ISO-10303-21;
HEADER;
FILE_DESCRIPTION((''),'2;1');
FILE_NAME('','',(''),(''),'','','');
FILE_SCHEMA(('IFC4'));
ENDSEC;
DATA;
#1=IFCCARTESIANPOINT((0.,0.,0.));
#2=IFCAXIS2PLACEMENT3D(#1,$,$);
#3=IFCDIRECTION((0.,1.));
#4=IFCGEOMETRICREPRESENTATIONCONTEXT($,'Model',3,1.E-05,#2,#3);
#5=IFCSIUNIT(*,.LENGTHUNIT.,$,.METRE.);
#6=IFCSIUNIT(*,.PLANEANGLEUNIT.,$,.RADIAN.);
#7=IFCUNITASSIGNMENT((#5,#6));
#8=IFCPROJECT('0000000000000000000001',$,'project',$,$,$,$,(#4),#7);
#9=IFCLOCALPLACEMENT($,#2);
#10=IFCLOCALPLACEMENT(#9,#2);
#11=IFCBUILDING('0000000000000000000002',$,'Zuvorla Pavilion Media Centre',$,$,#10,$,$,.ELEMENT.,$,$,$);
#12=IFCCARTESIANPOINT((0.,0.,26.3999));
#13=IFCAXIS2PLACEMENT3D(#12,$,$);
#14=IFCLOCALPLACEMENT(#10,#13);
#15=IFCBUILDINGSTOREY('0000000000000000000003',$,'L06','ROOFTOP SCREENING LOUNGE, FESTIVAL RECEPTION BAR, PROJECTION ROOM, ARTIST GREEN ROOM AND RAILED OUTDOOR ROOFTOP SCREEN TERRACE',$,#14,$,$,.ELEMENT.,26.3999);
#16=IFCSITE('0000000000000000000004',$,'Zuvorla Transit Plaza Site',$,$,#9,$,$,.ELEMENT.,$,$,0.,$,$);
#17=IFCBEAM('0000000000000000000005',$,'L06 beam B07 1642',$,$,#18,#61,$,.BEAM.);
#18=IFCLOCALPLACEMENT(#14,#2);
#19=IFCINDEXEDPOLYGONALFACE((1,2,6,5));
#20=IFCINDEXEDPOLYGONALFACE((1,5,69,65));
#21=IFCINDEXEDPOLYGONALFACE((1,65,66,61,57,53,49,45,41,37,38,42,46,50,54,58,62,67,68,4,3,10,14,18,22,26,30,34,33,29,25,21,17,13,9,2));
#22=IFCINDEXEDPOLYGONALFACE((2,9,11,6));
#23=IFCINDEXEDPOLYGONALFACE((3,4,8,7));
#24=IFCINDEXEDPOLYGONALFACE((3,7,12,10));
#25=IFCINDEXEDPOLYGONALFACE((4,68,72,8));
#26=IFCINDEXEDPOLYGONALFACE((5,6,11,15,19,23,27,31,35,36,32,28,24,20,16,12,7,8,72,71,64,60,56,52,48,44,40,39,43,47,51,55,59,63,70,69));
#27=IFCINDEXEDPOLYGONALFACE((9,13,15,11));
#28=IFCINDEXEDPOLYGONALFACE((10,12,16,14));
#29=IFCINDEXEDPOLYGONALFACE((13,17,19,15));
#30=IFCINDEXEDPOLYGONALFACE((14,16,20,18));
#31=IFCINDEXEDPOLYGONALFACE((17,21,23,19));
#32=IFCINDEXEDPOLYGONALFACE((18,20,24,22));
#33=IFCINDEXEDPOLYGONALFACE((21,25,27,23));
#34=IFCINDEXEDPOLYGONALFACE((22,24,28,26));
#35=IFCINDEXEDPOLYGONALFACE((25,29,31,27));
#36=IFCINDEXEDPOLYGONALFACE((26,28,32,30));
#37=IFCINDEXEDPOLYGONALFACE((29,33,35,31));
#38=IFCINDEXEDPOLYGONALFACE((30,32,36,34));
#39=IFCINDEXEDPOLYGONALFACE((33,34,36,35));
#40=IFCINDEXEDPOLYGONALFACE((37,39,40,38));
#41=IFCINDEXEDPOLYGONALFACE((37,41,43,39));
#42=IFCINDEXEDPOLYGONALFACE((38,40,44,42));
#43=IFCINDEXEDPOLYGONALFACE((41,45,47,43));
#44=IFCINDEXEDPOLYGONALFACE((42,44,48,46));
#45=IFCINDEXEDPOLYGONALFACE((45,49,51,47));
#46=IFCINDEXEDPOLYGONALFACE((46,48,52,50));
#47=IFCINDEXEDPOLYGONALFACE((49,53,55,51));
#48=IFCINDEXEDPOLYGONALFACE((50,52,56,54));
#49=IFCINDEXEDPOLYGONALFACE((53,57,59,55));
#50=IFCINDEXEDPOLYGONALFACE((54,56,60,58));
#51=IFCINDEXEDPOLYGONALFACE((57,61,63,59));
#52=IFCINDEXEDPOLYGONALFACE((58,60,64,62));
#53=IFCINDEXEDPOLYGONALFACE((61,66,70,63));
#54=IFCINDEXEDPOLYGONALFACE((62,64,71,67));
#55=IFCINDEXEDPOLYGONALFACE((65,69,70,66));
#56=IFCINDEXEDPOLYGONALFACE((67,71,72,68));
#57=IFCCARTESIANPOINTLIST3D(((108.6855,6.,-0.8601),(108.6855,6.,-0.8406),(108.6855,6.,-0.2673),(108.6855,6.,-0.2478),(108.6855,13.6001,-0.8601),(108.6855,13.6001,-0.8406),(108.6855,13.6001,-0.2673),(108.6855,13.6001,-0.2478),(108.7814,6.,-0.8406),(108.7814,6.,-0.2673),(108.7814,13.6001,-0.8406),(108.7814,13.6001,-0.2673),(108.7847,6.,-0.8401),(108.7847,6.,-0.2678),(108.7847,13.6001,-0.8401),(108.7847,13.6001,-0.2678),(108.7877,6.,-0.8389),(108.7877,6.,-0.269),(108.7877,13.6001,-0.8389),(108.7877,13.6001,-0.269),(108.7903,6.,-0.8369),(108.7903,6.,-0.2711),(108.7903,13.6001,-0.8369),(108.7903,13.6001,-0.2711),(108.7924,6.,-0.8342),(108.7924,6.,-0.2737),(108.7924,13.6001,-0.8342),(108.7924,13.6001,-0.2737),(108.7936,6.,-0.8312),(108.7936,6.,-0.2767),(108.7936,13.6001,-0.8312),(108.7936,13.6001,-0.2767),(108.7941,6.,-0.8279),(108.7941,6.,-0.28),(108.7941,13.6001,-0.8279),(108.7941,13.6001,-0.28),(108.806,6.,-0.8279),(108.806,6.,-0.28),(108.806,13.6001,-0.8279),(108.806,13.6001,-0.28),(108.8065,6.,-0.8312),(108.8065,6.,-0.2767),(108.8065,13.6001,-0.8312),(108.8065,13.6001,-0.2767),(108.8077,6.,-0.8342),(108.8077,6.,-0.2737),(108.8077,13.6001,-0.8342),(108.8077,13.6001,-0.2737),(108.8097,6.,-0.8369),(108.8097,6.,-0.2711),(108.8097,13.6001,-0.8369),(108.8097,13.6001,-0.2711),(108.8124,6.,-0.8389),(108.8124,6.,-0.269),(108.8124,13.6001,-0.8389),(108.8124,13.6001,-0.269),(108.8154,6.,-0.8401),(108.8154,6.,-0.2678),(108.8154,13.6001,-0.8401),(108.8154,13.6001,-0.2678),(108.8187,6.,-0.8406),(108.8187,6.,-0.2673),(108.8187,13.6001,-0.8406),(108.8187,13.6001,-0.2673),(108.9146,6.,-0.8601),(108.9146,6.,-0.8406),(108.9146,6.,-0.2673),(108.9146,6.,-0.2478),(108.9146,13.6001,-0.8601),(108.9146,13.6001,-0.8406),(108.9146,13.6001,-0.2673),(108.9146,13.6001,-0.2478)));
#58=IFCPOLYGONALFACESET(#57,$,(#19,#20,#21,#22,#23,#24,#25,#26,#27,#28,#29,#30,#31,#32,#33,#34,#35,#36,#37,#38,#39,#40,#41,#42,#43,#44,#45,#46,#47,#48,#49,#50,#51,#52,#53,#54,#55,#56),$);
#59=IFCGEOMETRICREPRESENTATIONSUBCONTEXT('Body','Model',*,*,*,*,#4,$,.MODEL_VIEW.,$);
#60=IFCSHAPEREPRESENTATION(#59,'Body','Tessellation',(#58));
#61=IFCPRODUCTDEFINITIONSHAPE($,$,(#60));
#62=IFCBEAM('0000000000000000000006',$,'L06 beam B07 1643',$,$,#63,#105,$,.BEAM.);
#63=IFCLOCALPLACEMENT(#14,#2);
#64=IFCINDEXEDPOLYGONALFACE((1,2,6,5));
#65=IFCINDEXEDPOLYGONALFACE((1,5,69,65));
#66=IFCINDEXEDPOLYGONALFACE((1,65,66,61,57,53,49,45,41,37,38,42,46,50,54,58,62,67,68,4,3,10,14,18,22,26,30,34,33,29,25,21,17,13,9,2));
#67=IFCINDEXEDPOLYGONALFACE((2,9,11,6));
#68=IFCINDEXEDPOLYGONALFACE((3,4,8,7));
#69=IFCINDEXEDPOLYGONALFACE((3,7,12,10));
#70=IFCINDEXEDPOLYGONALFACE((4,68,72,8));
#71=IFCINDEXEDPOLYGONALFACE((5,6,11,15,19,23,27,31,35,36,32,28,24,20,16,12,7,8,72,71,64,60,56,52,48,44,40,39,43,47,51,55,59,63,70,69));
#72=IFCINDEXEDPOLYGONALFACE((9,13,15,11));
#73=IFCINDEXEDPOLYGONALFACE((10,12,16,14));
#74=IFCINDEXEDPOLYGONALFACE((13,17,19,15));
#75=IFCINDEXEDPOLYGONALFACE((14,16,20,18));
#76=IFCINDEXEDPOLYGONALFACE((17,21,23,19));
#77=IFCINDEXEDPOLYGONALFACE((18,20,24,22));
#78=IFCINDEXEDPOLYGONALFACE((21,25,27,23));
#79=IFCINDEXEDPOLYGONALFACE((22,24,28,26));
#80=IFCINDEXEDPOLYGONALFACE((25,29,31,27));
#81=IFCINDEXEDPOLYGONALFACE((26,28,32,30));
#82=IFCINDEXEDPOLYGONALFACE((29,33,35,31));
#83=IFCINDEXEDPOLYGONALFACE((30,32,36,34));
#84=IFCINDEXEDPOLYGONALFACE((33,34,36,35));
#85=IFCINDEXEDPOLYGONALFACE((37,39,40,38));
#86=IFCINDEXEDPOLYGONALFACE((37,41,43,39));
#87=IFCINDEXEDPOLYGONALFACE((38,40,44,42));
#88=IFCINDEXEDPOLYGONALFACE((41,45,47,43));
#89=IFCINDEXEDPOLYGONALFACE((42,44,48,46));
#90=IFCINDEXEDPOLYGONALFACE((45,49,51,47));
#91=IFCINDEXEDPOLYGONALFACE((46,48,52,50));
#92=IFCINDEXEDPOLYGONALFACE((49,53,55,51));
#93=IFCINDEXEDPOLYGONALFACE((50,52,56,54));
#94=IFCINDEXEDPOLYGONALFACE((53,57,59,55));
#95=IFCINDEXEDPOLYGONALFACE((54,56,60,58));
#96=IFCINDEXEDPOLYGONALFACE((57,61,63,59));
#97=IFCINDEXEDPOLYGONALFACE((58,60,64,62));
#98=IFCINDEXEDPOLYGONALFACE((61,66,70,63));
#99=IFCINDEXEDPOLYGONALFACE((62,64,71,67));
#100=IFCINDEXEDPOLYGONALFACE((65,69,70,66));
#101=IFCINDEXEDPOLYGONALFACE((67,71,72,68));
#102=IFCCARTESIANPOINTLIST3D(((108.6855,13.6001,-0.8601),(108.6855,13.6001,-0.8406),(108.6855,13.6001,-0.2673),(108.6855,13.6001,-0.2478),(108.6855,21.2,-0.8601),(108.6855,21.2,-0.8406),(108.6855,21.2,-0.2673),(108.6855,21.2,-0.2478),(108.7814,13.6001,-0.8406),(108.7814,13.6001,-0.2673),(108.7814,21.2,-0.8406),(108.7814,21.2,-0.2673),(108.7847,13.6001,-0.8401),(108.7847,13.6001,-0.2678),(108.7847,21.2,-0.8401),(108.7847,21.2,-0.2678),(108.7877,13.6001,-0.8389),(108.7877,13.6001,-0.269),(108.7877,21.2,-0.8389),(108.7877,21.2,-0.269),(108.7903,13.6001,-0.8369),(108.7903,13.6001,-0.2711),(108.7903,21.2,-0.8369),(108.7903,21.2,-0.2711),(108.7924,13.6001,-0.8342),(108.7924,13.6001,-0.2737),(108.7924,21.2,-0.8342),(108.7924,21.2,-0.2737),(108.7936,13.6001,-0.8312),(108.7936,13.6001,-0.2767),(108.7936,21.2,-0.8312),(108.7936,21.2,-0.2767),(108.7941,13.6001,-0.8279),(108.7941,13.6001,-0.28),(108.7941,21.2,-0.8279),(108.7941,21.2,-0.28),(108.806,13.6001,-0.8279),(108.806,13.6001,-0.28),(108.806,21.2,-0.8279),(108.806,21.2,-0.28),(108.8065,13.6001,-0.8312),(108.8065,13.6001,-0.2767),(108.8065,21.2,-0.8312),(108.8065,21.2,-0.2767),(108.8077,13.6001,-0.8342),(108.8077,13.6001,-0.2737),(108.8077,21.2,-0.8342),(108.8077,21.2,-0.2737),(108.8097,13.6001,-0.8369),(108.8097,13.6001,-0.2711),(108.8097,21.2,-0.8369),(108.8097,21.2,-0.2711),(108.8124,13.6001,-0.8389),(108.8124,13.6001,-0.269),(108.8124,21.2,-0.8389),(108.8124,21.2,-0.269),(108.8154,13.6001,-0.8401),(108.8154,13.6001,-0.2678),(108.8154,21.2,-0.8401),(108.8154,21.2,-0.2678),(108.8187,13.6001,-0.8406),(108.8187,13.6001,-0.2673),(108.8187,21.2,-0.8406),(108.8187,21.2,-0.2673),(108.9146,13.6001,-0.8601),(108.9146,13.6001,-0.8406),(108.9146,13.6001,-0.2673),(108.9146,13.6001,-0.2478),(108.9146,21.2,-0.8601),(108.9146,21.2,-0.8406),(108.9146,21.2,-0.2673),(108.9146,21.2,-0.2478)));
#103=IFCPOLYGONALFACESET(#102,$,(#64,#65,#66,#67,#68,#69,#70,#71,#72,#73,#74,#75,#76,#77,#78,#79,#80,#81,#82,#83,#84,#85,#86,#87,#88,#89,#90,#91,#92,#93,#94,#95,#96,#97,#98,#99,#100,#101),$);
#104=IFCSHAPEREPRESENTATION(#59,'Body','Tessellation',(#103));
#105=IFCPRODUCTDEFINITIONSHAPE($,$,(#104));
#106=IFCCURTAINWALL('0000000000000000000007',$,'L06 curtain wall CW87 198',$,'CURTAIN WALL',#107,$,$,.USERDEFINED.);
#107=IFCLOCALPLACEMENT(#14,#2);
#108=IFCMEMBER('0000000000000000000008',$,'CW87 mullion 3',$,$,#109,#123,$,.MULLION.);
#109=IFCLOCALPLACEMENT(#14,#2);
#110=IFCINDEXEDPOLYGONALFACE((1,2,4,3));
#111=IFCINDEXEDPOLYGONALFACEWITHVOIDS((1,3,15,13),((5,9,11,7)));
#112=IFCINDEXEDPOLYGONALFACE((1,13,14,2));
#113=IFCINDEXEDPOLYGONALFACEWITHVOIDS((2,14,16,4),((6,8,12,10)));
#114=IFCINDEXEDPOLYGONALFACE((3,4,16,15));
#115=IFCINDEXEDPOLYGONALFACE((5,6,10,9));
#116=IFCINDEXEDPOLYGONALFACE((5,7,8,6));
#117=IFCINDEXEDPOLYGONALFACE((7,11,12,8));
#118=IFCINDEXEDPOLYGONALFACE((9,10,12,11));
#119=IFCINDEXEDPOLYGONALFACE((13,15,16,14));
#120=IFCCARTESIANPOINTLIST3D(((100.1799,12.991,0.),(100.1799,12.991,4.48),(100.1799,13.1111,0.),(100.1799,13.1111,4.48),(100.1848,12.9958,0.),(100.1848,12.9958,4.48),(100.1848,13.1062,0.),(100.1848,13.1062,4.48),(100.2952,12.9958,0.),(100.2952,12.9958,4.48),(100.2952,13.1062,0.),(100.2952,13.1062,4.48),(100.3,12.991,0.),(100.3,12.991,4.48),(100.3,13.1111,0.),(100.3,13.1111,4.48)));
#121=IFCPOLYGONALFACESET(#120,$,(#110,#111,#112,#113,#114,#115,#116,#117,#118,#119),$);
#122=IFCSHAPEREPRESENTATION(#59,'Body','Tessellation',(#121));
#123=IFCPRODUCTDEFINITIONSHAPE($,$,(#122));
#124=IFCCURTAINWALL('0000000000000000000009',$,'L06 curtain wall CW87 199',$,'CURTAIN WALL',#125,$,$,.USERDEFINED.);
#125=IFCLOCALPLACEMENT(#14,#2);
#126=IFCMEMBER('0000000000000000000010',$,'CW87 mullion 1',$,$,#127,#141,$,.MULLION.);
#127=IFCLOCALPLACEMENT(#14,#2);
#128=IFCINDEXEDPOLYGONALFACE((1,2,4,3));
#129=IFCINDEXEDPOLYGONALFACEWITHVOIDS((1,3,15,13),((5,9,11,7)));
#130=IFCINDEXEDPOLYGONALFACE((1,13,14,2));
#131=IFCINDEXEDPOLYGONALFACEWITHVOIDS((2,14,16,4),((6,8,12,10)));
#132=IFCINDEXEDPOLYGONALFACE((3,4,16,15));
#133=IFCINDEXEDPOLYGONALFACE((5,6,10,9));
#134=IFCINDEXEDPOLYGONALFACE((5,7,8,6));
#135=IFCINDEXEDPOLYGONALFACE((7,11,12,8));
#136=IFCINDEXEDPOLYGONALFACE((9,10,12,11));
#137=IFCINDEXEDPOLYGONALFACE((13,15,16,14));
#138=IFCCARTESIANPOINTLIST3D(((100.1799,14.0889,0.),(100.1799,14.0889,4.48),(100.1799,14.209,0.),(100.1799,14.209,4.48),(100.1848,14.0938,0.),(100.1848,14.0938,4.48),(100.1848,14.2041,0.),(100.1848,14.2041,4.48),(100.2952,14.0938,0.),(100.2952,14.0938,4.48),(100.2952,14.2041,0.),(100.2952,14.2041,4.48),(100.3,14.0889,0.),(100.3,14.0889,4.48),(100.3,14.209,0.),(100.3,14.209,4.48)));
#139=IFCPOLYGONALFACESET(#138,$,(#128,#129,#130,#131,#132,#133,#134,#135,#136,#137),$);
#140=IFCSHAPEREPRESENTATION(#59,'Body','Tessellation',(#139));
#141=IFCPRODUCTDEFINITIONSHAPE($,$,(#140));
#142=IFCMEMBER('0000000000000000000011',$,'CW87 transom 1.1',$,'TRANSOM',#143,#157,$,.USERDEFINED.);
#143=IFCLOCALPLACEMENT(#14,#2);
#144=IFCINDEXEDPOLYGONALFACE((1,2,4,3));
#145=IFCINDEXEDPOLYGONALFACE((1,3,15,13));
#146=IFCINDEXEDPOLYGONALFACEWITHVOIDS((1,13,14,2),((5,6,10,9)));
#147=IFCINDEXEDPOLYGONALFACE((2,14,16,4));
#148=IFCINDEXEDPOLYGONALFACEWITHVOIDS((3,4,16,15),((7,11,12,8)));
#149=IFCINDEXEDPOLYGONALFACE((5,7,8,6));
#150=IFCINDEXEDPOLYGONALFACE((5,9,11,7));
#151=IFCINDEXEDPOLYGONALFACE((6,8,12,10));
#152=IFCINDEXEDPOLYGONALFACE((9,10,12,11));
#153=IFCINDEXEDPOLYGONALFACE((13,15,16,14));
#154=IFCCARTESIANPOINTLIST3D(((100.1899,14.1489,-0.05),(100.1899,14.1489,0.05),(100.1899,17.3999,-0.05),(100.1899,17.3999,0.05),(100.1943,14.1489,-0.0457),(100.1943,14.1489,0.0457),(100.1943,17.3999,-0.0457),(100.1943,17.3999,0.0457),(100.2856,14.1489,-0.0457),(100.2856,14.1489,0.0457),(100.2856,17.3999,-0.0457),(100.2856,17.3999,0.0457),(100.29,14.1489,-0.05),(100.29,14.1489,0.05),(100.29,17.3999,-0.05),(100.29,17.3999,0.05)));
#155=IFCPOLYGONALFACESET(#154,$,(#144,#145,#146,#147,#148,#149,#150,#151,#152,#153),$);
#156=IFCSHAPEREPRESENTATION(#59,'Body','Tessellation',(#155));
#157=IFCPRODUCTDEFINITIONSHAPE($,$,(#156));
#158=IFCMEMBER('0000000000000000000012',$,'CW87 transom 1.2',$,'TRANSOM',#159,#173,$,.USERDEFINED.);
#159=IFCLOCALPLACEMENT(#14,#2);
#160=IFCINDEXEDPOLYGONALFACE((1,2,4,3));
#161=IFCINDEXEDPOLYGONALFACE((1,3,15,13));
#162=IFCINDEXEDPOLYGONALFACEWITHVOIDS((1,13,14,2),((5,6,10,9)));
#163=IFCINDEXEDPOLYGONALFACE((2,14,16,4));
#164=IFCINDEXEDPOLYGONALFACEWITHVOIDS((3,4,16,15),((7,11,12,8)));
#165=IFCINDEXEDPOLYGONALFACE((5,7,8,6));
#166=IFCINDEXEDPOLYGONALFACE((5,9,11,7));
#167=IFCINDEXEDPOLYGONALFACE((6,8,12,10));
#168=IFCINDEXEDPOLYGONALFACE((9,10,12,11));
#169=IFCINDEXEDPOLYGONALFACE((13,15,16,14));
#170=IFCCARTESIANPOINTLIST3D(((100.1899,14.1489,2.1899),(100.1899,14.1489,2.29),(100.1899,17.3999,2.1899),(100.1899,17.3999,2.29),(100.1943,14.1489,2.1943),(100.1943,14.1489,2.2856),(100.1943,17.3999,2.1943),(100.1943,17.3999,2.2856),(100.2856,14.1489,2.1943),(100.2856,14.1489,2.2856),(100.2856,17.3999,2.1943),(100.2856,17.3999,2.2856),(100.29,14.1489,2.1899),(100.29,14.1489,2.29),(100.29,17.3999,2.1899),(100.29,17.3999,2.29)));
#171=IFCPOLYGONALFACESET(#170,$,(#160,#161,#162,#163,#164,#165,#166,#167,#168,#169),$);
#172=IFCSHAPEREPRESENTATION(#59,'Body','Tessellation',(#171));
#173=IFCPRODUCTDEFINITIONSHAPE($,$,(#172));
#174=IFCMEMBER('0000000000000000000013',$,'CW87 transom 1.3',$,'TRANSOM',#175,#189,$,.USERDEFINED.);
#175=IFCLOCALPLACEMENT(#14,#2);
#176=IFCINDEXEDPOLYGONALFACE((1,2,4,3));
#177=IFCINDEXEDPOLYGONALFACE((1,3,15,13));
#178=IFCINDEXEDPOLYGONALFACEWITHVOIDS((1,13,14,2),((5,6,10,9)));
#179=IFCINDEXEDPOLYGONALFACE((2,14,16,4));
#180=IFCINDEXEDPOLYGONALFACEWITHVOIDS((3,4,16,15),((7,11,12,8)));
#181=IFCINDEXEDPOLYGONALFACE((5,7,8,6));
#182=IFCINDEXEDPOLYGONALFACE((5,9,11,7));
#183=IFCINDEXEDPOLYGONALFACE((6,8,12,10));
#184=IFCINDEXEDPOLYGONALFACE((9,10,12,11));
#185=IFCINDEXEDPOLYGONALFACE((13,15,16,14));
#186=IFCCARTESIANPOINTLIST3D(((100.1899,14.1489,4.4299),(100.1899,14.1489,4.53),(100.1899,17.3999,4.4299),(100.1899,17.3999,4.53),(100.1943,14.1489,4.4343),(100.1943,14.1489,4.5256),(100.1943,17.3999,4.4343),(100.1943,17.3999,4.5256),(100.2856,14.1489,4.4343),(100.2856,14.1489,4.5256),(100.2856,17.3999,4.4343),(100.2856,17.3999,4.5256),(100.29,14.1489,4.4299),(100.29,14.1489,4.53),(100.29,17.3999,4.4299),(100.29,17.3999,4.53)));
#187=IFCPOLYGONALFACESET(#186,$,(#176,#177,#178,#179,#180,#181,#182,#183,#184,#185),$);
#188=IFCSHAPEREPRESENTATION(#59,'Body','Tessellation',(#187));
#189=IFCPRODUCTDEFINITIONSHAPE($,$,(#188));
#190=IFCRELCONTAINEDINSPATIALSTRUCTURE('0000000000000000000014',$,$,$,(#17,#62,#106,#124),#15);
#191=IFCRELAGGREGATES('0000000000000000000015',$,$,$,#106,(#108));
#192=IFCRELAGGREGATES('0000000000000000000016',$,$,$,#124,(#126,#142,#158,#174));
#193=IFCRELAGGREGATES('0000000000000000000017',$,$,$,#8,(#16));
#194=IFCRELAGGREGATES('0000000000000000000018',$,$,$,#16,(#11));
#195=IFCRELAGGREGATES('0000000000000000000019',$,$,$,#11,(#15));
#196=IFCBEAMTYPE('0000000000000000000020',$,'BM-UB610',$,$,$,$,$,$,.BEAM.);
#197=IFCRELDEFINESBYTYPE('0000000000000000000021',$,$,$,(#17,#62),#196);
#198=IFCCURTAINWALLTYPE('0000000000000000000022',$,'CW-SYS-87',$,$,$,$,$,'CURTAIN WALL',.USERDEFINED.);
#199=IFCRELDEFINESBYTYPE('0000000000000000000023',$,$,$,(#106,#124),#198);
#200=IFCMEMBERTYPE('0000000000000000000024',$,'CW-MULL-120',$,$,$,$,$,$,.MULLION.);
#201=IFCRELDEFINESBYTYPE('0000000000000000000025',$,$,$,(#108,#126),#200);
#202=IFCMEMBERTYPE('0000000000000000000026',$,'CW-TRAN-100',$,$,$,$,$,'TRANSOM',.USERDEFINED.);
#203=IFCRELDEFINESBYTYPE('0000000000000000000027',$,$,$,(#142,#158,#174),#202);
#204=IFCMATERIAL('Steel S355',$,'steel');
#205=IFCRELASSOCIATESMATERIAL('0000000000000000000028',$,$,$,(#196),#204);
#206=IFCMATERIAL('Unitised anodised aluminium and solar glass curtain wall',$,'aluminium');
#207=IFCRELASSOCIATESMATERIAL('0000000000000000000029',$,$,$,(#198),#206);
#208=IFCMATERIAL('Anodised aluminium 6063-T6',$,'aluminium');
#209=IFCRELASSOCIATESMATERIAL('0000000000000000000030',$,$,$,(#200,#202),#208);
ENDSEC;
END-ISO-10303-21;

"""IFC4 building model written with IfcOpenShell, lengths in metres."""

from ifc_helpers import new_model, si_unit, direction, frame, origin, origin_2d, place, context, subcontext, project, spatial, hollow_rectangle, i_section, extrude, material, material_profile, profile_set, type_object, element, aggregate, save


model = new_model("IFC4")

# Units and contexts
model_context = context("Model", 3, precision=1e-05, world=origin(), true_north=direction((0.0, 1.0)))
body_context = subcontext(model_context, "Body", "Model", "MODEL_VIEW")
ifc_project = project(units=[si_unit("LENGTHUNIT", "METRE"), si_unit("PLANEANGLEUNIT", "RADIAN")], contexts=[model_context])

# Site, building, storey
site_placement = place(None, origin())
site = spatial("IfcSite", under=ifc_project, at=site_placement, Name="Zuvorla Transit Plaza Site", CompositionType="ELEMENT", RefElevation=0.0)
building_placement = place(site_placement, origin())
building = spatial("IfcBuilding", under=site, at=building_placement, Name="Zuvorla Pavilion Media Centre", CompositionType="ELEMENT")
storey_placement = place(building_placement, frame((0.0, 0.0, 26.3999)))
storey = spatial("IfcBuildingStorey", under=building, at=storey_placement, Name="L06", Description="ROOFTOP SCREENING LOUNGE, FESTIVAL RECEPTION BAR, PROJECTION ROOM, ARTIST GREEN ROOM AND RAILED OUTDOOR ROOFTOP SCREEN TERRACE", CompositionType="ELEMENT", Elevation=26.3999)

# Shared definitions
ifc_material_1 = material(Name="Steel S355", Category="steel")

# Beams
ifc_material_profile_1 = material_profile(ifc_material_1, i_section(OverallWidth=0.229, OverallDepth=0.6123, WebThickness=0.012, FlangeThickness=0.0195, FilletRadius=0.0127, at=origin_2d()), Name="UB 610x229x125")
ifc_profile_set_1 = profile_set([ifc_material_profile_1], Name="Steel S355")
beam_type_1 = type_object("IfcBeamType", Name="BM-UB610", PredefinedType="BEAM", material=ifc_profile_set_1)
beam_1_placement = place(storey_placement, frame((108.8, 6.0, -0.554), z_axis=(0.0, 1.0, 0.0), x_axis=(-1.0, 0.0, 0.0)))
element("IfcBeam", 1, at=beam_1_placement, inside=storey, type_object=beam_type_1, Name="L06 beam B07 1642", PredefinedType="BEAM", context=body_context, shape_type="SweptSolid", body=[
    extrude(i_section(OverallWidth=0.229, OverallDepth=0.6123, WebThickness=0.012, FlangeThickness=0.0195, FilletRadius=0.0127, at=origin_2d()), origin(), (0.0, 0.0, 1.0), 7.6001),
])
beam_2_placement = place(storey_placement, frame((108.8, 13.6001, -0.554), z_axis=(0.0, 1.0, 0.0), x_axis=(-1.0, 0.0, 0.0)))
element("IfcBeam", 2, at=beam_2_placement, inside=storey, type_object=beam_type_1, Name="L06 beam B07 1643", PredefinedType="BEAM", context=body_context, shape_type="SweptSolid", body=[
    extrude(i_section(OverallWidth=0.229, OverallDepth=0.6123, WebThickness=0.012, FlangeThickness=0.0195, FilletRadius=0.0127, at=origin_2d()), origin(), (0.0, 0.0, 1.0), 7.5999),
])

# Curtain wall, member
ifc_material_2 = material(Name="Unitised anodised aluminium and solar glass curtain wall", Category="aluminium")
curtain_wall_type = type_object("IfcCurtainWallType", Name="CW-SYS-87", ElementType="CURTAIN WALL", PredefinedType="USERDEFINED", material=ifc_material_2)
curtain_wall_1_placement = place(storey_placement, origin())
curtain_wall_1 = element("IfcCurtainWall", 3, at=curtain_wall_1_placement, inside=storey, type_object=curtain_wall_type, Name="L06 curtain wall CW87 198", ObjectType="CURTAIN WALL", PredefinedType="USERDEFINED")
ifc_material_3 = material(Name="Anodised aluminium 6063-T6", Category="aluminium")
ifc_material_profile_2 = material_profile(ifc_material_3, hollow_rectangle(XDim=0.1201, YDim=0.1201, WallThickness=0.0049, at=origin_2d()), Name="ALU MULL 120x120")
ifc_profile_set_2 = profile_set([ifc_material_profile_2], Name="Anodised aluminium 6063-T6")
member_type_1 = type_object("IfcMemberType", Name="CW-MULL-120", PredefinedType="MULLION", material=ifc_profile_set_2)
member_1_placement = place(storey_placement, frame((100.24, 13.051, 0.0), z_axis=(0.0, 0.0, 1.0), x_axis=(1.0, 0.0, 0.0)))
member_1 = element("IfcMember", 4, at=member_1_placement, type_object=member_type_1, Name="CW87 mullion 3", PredefinedType="MULLION", context=body_context, shape_type="SweptSolid", body=[
    extrude(hollow_rectangle(XDim=0.1201, YDim=0.1201, WallThickness=0.0049, at=origin_2d()), origin(), (0.0, 0.0, 1.0), 4.48),
])

# Curtain wall, members
curtain_wall_2_placement = place(storey_placement, origin())
curtain_wall_2 = element("IfcCurtainWall", 5, at=curtain_wall_2_placement, inside=storey, type_object=curtain_wall_type, Name="L06 curtain wall CW87 199", ObjectType="CURTAIN WALL", PredefinedType="USERDEFINED")
member_2_placement = place(storey_placement, frame((100.24, 14.1489, 0.0), z_axis=(0.0, 0.0, 1.0), x_axis=(1.0, 0.0, 0.0)))
member_2 = element("IfcMember", 6, at=member_2_placement, type_object=member_type_1, Name="CW87 mullion 1", PredefinedType="MULLION", context=body_context, shape_type="SweptSolid", body=[
    extrude(hollow_rectangle(XDim=0.1201, YDim=0.1201, WallThickness=0.0049, at=origin_2d()), origin(), (0.0, 0.0, 1.0), 4.48),
])
ifc_material_profile_3 = material_profile(ifc_material_3, hollow_rectangle(XDim=0.1001, YDim=0.1001, WallThickness=0.0044, at=origin_2d()), Name="ALU TRAN 100x100")
ifc_profile_set_3 = profile_set([ifc_material_profile_3], Name="Anodised aluminium 6063-T6")
member_type_2 = type_object("IfcMemberType", Name="CW-TRAN-100", ElementType="TRANSOM", PredefinedType="USERDEFINED", material=ifc_profile_set_3)
member_3_placement = place(storey_placement, frame((100.24, 14.1489, 0.0), z_axis=(0.0, 1.0, 0.0), x_axis=(-1.0, 0.0, 0.0)))
member_3 = element("IfcMember", 7, at=member_3_placement, type_object=member_type_2, Name="CW87 transom 1.1", ObjectType="TRANSOM", PredefinedType="USERDEFINED", context=body_context, shape_type="SweptSolid", body=[
    extrude(hollow_rectangle(XDim=0.1001, YDim=0.1001, WallThickness=0.0044, at=origin_2d()), origin(), (0.0, 0.0, 1.0), 3.251),
])
member_4_placement = place(storey_placement, frame((100.24, 14.1489, 2.24), z_axis=(0.0, 1.0, 0.0), x_axis=(-1.0, 0.0, 0.0)))
member_4 = element("IfcMember", 8, at=member_4_placement, type_object=member_type_2, Name="CW87 transom 1.2", ObjectType="TRANSOM", PredefinedType="USERDEFINED", context=body_context, shape_type="SweptSolid", body=[
    extrude(hollow_rectangle(XDim=0.1001, YDim=0.1001, WallThickness=0.0044, at=origin_2d()), origin(), (0.0, 0.0, 1.0), 3.251),
])
member_5_placement = place(storey_placement, frame((100.24, 14.1489, 4.48), z_axis=(0.0, 1.0, 0.0), x_axis=(-1.0, 0.0, 0.0)))
member_5 = element("IfcMember", 9, at=member_5_placement, type_object=member_type_2, Name="CW87 transom 1.3", ObjectType="TRANSOM", PredefinedType="USERDEFINED", context=body_context, shape_type="SweptSolid", body=[
    extrude(hollow_rectangle(XDim=0.1001, YDim=0.1001, WallThickness=0.0044, at=origin_2d()), origin(), (0.0, 0.0, 1.0), 3.251),
])

aggregate(curtain_wall_1, [member_1])
aggregate(curtain_wall_2, [member_2, member_3, member_4, member_5])

save(model, "model.ifc")
